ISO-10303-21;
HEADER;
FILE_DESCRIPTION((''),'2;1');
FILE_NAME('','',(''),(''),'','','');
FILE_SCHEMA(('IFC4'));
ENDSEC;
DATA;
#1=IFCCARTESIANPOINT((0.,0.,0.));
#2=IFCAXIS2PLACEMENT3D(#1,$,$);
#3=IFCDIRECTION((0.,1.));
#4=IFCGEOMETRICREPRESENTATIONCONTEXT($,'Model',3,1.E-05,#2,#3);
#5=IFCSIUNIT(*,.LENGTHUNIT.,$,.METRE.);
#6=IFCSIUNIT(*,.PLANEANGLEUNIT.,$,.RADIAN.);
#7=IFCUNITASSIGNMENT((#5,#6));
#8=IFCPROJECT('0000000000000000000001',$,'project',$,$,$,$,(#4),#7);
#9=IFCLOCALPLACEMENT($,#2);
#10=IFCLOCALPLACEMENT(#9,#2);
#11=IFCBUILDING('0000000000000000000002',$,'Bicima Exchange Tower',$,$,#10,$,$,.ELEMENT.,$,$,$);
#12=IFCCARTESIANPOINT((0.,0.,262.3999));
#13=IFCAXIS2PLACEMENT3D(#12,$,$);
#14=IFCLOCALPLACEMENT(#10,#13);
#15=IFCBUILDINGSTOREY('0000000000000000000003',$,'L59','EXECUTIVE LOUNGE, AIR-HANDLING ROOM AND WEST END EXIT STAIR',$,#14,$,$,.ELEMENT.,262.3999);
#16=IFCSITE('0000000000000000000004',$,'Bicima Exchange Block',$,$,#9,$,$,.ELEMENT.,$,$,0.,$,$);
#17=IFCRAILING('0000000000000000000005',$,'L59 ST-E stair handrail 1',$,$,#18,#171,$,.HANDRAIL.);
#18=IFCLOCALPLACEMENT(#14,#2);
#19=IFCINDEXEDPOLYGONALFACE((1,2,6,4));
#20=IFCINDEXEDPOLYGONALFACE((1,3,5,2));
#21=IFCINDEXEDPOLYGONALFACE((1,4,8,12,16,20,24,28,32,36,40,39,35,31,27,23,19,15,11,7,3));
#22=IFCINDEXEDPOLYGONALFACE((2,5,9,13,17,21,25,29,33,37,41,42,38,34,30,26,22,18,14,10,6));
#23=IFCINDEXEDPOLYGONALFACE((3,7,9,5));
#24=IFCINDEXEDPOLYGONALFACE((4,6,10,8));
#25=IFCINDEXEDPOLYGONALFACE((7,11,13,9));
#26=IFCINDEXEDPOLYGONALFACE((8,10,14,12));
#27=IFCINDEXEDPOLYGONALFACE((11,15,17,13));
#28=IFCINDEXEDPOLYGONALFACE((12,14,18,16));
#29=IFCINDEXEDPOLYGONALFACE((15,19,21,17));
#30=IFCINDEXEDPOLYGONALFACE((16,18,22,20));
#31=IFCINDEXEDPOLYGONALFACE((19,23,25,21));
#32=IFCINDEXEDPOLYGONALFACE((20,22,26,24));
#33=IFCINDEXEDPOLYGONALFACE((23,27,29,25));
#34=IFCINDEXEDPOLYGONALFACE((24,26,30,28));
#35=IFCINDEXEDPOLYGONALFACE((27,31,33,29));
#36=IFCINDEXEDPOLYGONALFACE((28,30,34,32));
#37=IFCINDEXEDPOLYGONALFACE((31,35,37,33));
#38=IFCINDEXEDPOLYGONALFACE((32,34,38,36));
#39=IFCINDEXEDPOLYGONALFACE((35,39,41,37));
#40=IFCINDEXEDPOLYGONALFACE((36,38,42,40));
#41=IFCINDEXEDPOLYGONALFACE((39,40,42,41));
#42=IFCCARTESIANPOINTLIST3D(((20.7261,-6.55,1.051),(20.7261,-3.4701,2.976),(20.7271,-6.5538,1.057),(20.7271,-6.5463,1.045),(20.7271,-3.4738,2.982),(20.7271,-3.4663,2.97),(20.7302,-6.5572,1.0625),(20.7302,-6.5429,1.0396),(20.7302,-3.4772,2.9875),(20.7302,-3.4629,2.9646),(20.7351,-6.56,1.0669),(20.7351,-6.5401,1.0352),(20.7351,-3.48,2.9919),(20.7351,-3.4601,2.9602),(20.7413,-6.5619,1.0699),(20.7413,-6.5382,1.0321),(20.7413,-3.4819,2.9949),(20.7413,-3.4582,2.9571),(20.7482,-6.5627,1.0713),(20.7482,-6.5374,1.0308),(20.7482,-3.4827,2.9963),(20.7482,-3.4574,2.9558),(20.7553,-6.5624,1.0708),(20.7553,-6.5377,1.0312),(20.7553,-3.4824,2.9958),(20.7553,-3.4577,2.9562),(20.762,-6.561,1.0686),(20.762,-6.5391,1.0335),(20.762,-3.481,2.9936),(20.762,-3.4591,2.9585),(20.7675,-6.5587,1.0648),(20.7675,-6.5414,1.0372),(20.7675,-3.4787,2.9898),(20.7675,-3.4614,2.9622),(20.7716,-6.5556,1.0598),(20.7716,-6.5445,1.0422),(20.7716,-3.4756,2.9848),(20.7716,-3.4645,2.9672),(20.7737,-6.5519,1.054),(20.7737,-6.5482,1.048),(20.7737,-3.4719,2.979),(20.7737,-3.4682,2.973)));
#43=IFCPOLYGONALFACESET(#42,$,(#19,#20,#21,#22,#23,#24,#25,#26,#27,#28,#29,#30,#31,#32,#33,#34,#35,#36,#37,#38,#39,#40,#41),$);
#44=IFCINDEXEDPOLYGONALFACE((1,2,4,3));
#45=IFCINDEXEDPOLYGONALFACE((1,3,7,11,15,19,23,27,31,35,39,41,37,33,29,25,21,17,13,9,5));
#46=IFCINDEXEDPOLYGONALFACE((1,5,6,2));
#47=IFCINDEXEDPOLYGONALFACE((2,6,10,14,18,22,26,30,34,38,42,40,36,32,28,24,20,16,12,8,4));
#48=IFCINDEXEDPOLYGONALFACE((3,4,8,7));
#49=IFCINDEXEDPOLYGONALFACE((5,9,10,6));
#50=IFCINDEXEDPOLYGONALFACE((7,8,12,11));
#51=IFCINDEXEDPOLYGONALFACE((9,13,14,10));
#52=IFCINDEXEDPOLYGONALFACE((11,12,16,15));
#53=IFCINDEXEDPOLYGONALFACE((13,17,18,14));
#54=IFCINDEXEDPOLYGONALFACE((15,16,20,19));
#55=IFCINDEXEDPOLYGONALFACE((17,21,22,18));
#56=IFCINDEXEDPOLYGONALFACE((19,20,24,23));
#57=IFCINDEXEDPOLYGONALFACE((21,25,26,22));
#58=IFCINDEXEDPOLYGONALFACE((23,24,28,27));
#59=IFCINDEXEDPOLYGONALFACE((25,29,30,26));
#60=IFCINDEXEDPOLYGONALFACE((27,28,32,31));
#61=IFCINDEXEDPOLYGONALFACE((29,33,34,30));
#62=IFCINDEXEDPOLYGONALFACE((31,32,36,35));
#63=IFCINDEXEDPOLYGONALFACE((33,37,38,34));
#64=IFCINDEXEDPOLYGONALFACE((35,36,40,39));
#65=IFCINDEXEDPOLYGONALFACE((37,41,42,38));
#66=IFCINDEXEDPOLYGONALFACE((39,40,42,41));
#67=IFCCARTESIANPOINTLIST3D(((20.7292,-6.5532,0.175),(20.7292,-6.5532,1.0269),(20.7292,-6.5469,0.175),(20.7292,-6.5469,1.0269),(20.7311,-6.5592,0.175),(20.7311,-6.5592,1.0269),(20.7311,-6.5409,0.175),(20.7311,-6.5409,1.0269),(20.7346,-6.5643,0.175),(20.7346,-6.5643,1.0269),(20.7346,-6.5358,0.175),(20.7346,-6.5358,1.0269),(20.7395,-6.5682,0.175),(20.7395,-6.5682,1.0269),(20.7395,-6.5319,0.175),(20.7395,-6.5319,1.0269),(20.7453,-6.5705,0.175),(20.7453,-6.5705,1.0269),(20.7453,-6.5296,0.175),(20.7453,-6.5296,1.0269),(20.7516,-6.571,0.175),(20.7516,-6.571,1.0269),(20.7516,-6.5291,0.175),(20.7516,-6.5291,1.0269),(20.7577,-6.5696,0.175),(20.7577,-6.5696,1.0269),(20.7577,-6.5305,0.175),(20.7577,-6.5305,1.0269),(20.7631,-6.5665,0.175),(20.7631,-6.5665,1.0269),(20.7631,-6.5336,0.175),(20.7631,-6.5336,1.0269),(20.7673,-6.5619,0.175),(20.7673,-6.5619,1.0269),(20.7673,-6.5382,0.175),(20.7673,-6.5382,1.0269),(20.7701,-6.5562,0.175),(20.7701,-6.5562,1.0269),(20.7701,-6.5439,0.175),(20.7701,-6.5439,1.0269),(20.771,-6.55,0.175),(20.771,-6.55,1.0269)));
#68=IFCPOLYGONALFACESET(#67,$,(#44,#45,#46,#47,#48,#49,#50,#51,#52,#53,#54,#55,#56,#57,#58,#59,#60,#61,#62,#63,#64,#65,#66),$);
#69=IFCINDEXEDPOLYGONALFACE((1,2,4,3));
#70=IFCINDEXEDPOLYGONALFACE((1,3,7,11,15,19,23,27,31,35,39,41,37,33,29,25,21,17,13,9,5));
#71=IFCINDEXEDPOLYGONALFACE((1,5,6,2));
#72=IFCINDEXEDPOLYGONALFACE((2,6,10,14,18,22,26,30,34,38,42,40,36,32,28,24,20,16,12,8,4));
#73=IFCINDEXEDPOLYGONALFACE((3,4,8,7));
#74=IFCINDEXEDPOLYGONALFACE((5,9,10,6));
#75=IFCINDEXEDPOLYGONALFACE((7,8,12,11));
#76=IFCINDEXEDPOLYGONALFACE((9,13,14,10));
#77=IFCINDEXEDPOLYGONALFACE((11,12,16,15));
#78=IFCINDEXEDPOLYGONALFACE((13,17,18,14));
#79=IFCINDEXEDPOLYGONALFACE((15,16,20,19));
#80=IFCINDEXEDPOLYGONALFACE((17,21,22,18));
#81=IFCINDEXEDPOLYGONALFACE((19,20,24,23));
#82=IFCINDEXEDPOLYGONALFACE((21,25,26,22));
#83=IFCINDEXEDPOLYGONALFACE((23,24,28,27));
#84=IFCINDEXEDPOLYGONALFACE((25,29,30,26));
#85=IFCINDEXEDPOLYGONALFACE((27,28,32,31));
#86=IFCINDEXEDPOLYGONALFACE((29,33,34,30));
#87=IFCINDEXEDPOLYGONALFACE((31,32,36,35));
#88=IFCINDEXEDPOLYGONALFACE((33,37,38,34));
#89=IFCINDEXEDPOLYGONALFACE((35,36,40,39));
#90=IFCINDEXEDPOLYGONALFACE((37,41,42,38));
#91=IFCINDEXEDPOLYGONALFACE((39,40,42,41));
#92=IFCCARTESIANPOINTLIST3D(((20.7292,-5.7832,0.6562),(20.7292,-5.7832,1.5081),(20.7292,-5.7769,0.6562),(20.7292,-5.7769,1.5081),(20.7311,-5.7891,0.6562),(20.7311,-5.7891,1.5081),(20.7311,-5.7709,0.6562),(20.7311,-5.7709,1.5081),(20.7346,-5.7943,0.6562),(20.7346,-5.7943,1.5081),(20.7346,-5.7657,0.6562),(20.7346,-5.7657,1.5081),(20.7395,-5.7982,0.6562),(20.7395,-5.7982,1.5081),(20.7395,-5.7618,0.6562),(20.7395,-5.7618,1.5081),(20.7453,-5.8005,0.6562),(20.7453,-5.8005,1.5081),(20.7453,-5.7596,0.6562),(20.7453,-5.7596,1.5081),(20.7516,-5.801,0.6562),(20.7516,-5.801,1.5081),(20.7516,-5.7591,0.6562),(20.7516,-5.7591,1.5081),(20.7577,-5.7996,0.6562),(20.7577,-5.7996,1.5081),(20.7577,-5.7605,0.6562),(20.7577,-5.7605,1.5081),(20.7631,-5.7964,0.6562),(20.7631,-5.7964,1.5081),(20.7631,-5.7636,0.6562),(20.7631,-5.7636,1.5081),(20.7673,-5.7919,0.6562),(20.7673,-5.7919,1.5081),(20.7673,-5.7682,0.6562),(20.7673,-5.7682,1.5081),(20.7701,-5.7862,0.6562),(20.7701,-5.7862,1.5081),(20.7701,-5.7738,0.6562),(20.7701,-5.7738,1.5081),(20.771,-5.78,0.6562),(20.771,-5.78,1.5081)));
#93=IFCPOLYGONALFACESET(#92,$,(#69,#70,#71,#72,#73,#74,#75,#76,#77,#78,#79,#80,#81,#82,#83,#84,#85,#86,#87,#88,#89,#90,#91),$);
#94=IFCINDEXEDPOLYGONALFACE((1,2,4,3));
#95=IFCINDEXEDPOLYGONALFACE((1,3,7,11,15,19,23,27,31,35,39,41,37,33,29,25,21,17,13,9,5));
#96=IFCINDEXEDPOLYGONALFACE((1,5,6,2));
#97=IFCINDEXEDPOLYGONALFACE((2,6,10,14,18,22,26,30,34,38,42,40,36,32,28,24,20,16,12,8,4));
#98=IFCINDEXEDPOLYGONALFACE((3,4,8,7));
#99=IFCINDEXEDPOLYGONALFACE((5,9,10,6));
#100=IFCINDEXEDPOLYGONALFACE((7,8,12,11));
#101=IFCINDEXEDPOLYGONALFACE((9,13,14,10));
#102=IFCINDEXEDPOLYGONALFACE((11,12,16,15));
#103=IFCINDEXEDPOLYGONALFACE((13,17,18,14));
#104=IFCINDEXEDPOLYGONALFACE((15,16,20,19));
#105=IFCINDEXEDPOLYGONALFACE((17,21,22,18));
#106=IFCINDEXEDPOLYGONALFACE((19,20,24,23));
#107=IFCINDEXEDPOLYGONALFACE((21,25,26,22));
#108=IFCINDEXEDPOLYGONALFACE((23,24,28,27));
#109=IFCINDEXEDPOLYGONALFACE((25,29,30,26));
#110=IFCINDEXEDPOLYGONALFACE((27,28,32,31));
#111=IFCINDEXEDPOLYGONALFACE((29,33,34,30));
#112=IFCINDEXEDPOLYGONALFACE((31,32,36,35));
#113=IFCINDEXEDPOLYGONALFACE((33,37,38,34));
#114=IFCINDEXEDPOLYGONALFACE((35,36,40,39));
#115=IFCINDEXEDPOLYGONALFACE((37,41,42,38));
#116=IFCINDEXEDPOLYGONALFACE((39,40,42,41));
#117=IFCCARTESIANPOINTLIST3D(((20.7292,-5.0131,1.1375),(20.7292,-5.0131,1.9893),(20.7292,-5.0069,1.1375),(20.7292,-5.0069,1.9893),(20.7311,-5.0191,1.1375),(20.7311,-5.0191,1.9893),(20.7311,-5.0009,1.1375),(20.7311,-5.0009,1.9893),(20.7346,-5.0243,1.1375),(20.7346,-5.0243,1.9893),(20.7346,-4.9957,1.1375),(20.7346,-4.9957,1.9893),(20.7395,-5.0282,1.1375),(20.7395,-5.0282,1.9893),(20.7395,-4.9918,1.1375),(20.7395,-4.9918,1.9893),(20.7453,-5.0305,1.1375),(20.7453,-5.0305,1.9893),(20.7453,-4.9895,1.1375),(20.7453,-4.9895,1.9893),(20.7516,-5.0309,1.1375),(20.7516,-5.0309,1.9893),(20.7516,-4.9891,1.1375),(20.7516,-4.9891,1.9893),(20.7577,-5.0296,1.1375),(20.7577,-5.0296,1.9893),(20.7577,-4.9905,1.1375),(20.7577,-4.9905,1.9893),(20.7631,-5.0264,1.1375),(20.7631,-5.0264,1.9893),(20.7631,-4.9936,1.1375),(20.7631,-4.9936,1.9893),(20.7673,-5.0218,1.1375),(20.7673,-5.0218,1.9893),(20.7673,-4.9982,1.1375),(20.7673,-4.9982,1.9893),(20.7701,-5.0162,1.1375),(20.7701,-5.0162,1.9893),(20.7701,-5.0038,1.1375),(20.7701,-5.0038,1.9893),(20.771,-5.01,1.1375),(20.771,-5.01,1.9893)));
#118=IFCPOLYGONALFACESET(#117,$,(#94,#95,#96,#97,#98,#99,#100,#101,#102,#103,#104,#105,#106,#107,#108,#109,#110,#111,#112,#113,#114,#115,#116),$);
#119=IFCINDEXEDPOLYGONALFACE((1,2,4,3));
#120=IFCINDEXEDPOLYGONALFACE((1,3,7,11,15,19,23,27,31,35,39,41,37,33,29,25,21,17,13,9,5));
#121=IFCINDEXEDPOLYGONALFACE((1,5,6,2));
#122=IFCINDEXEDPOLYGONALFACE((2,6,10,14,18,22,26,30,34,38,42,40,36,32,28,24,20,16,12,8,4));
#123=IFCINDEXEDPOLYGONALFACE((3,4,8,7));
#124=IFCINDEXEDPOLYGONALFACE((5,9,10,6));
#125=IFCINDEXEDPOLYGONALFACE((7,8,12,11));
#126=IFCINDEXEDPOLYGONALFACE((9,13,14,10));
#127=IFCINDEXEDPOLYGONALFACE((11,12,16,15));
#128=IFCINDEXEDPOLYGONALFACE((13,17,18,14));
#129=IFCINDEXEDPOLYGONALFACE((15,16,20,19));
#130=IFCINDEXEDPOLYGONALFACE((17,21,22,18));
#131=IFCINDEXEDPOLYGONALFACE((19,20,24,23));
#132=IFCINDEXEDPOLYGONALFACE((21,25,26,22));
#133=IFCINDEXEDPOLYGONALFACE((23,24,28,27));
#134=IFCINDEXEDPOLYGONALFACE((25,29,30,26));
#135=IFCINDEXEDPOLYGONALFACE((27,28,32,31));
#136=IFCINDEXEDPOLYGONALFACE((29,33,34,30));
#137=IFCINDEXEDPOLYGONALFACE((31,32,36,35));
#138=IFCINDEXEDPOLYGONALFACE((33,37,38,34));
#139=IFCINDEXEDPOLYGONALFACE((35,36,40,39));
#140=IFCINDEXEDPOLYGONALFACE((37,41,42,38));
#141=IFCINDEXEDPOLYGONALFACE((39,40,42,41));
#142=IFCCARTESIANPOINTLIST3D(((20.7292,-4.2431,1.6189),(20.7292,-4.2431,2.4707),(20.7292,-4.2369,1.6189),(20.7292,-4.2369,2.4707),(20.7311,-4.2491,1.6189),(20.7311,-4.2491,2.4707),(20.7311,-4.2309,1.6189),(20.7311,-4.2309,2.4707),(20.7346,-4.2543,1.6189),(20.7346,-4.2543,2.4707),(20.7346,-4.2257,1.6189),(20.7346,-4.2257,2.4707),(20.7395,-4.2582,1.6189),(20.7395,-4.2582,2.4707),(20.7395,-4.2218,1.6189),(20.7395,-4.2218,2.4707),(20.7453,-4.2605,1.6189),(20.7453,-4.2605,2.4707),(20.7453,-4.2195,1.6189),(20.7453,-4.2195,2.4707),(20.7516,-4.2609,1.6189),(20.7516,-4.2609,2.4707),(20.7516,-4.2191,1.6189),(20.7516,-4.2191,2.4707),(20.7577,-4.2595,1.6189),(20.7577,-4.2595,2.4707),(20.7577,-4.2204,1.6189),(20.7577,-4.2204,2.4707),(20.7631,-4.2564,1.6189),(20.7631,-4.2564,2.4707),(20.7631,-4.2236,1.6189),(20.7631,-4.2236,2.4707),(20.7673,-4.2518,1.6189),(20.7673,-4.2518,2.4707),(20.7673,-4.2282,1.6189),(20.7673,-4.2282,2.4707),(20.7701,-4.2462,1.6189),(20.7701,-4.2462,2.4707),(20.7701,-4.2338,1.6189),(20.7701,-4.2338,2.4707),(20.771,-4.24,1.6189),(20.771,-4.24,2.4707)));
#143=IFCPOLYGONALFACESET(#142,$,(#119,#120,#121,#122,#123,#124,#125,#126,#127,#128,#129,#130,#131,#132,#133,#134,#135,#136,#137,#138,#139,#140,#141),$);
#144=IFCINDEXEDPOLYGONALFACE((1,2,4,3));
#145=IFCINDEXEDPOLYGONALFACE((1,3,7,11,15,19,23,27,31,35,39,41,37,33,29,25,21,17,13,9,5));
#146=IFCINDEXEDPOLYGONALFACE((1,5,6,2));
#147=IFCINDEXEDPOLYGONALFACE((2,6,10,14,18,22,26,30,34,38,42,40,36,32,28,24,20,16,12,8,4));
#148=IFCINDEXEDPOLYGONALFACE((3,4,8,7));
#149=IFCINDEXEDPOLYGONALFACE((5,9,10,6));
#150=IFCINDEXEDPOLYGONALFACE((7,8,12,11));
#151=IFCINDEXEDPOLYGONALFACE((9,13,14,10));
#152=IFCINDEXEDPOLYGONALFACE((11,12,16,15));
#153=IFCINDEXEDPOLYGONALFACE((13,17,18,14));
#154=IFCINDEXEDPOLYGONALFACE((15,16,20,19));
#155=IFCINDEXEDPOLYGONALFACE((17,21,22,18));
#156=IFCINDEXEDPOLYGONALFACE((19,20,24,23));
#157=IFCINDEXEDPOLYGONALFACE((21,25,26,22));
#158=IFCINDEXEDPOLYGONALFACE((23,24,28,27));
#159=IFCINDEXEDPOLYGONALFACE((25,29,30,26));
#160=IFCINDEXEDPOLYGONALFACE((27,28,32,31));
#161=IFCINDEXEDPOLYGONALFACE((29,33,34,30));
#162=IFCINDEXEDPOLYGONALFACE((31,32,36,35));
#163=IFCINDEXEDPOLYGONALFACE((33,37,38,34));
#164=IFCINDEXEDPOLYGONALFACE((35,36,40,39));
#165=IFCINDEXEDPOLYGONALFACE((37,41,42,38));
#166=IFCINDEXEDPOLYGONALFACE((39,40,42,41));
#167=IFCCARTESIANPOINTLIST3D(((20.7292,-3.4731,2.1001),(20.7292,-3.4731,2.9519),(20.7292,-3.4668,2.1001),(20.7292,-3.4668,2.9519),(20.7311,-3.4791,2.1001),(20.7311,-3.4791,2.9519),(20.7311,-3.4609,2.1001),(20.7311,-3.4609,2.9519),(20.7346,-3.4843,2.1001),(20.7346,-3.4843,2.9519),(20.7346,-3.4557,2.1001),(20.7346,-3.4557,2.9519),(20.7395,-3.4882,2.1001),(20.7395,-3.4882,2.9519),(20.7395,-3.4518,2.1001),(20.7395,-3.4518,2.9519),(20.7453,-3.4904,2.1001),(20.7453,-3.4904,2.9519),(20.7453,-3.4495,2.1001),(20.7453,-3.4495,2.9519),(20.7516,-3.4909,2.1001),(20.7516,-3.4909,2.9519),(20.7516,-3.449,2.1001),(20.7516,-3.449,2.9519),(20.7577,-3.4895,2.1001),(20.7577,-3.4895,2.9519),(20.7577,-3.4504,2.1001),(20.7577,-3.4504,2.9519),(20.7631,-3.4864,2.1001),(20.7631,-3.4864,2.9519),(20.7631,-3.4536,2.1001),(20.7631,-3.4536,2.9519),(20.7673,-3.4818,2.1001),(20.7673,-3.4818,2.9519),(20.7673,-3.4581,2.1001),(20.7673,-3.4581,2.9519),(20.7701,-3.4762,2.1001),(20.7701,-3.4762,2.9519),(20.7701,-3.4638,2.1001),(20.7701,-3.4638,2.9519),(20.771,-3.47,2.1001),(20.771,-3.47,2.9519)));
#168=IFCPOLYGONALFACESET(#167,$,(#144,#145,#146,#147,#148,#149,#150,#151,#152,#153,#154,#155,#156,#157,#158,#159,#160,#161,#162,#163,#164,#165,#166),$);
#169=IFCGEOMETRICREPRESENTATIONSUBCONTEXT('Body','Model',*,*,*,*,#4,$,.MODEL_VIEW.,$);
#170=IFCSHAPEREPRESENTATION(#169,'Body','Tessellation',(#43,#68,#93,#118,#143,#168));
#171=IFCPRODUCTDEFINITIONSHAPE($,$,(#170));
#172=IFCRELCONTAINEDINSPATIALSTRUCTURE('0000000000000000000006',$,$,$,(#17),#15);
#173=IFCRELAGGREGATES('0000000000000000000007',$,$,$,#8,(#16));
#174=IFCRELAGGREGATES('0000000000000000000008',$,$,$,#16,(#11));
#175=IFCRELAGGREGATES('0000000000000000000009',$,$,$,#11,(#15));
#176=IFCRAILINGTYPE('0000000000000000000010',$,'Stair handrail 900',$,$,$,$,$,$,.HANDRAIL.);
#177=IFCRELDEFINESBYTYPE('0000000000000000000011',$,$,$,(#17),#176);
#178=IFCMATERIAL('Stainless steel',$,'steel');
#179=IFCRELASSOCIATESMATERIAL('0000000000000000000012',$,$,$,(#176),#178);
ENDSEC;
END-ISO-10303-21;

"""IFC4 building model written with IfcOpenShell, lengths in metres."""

from ifc_helpers import new_model, si_unit, direction, frame, origin, origin_2d, place, context, subcontext, project, spatial, circle, extrude, material, type_object, element, save


model = new_model("IFC4")

# Units and contexts
model_context = context("Model", 3, precision=1e-05, world=origin(), true_north=direction((0.0, 1.0)))
body_context = subcontext(model_context, "Body", "Model", "MODEL_VIEW")
ifc_project = project(units=[si_unit("LENGTHUNIT", "METRE"), si_unit("PLANEANGLEUNIT", "RADIAN")], contexts=[model_context])

# Site, building, storey
site_placement = place(None, origin())
site = spatial("IfcSite", under=ifc_project, at=site_placement, Name="Bicima Exchange Block", CompositionType="ELEMENT", RefElevation=0.0)
building_placement = place(site_placement, origin())
building = spatial("IfcBuilding", under=site, at=building_placement, Name="Bicima Exchange Tower", CompositionType="ELEMENT")
storey_placement = place(building_placement, frame((0.0, 0.0, 262.3999)))
storey = spatial("IfcBuildingStorey", under=building, at=storey_placement, Name="L59", Description="EXECUTIVE LOUNGE, AIR-HANDLING ROOM AND WEST END EXIT STAIR", CompositionType="ELEMENT", Elevation=262.3999)

# Railing
ifc_material_1 = material(Name="Stainless steel", Category="steel")
railing_type_1 = type_object("IfcRailingType", Name="Stair handrail 900", PredefinedType="HANDRAIL", material=ifc_material_1)
railing_1_placement = place(storey_placement, frame((20.75, -6.55, 0.175)))
element("IfcRailing", 1, at=railing_1_placement, inside=storey, type_object=railing_type_1, Name="L59 ST-E stair handrail 1", PredefinedType="HANDRAIL", context=body_context, shape_type="SweptSolid", body=[
    extrude(circle(Radius=0.0239, at=origin_2d()), frame((0.0, 0.0, 0.876), z_axis=(0.0, 0.847998, 0.529999), x_axis=(-1.0, 0.0, 0.0)), (0.0, 0.0, 1.0), 3.6321),
    extrude(circle(Radius=0.021, at=origin_2d()), origin(), (0.0, 0.0, 1.0), 0.8518),
    extrude(circle(Radius=0.021, at=origin_2d()), frame((0.0, 0.77, 0.4812)), (0.0, 0.0, 1.0), 0.8518),
    extrude(circle(Radius=0.021, at=origin_2d()), frame((0.0, 1.54, 0.9624)), (0.0, 0.0, 1.0), 0.8518),
    extrude(circle(Radius=0.021, at=origin_2d()), frame((0.0, 2.3101, 1.4438)), (0.0, 0.0, 1.0), 0.8518),
    extrude(circle(Radius=0.021, at=origin_2d()), frame((0.0, 3.0801, 1.925)), (0.0, 0.0, 1.0), 0.8518),
])

save(model, "model.ifc")
